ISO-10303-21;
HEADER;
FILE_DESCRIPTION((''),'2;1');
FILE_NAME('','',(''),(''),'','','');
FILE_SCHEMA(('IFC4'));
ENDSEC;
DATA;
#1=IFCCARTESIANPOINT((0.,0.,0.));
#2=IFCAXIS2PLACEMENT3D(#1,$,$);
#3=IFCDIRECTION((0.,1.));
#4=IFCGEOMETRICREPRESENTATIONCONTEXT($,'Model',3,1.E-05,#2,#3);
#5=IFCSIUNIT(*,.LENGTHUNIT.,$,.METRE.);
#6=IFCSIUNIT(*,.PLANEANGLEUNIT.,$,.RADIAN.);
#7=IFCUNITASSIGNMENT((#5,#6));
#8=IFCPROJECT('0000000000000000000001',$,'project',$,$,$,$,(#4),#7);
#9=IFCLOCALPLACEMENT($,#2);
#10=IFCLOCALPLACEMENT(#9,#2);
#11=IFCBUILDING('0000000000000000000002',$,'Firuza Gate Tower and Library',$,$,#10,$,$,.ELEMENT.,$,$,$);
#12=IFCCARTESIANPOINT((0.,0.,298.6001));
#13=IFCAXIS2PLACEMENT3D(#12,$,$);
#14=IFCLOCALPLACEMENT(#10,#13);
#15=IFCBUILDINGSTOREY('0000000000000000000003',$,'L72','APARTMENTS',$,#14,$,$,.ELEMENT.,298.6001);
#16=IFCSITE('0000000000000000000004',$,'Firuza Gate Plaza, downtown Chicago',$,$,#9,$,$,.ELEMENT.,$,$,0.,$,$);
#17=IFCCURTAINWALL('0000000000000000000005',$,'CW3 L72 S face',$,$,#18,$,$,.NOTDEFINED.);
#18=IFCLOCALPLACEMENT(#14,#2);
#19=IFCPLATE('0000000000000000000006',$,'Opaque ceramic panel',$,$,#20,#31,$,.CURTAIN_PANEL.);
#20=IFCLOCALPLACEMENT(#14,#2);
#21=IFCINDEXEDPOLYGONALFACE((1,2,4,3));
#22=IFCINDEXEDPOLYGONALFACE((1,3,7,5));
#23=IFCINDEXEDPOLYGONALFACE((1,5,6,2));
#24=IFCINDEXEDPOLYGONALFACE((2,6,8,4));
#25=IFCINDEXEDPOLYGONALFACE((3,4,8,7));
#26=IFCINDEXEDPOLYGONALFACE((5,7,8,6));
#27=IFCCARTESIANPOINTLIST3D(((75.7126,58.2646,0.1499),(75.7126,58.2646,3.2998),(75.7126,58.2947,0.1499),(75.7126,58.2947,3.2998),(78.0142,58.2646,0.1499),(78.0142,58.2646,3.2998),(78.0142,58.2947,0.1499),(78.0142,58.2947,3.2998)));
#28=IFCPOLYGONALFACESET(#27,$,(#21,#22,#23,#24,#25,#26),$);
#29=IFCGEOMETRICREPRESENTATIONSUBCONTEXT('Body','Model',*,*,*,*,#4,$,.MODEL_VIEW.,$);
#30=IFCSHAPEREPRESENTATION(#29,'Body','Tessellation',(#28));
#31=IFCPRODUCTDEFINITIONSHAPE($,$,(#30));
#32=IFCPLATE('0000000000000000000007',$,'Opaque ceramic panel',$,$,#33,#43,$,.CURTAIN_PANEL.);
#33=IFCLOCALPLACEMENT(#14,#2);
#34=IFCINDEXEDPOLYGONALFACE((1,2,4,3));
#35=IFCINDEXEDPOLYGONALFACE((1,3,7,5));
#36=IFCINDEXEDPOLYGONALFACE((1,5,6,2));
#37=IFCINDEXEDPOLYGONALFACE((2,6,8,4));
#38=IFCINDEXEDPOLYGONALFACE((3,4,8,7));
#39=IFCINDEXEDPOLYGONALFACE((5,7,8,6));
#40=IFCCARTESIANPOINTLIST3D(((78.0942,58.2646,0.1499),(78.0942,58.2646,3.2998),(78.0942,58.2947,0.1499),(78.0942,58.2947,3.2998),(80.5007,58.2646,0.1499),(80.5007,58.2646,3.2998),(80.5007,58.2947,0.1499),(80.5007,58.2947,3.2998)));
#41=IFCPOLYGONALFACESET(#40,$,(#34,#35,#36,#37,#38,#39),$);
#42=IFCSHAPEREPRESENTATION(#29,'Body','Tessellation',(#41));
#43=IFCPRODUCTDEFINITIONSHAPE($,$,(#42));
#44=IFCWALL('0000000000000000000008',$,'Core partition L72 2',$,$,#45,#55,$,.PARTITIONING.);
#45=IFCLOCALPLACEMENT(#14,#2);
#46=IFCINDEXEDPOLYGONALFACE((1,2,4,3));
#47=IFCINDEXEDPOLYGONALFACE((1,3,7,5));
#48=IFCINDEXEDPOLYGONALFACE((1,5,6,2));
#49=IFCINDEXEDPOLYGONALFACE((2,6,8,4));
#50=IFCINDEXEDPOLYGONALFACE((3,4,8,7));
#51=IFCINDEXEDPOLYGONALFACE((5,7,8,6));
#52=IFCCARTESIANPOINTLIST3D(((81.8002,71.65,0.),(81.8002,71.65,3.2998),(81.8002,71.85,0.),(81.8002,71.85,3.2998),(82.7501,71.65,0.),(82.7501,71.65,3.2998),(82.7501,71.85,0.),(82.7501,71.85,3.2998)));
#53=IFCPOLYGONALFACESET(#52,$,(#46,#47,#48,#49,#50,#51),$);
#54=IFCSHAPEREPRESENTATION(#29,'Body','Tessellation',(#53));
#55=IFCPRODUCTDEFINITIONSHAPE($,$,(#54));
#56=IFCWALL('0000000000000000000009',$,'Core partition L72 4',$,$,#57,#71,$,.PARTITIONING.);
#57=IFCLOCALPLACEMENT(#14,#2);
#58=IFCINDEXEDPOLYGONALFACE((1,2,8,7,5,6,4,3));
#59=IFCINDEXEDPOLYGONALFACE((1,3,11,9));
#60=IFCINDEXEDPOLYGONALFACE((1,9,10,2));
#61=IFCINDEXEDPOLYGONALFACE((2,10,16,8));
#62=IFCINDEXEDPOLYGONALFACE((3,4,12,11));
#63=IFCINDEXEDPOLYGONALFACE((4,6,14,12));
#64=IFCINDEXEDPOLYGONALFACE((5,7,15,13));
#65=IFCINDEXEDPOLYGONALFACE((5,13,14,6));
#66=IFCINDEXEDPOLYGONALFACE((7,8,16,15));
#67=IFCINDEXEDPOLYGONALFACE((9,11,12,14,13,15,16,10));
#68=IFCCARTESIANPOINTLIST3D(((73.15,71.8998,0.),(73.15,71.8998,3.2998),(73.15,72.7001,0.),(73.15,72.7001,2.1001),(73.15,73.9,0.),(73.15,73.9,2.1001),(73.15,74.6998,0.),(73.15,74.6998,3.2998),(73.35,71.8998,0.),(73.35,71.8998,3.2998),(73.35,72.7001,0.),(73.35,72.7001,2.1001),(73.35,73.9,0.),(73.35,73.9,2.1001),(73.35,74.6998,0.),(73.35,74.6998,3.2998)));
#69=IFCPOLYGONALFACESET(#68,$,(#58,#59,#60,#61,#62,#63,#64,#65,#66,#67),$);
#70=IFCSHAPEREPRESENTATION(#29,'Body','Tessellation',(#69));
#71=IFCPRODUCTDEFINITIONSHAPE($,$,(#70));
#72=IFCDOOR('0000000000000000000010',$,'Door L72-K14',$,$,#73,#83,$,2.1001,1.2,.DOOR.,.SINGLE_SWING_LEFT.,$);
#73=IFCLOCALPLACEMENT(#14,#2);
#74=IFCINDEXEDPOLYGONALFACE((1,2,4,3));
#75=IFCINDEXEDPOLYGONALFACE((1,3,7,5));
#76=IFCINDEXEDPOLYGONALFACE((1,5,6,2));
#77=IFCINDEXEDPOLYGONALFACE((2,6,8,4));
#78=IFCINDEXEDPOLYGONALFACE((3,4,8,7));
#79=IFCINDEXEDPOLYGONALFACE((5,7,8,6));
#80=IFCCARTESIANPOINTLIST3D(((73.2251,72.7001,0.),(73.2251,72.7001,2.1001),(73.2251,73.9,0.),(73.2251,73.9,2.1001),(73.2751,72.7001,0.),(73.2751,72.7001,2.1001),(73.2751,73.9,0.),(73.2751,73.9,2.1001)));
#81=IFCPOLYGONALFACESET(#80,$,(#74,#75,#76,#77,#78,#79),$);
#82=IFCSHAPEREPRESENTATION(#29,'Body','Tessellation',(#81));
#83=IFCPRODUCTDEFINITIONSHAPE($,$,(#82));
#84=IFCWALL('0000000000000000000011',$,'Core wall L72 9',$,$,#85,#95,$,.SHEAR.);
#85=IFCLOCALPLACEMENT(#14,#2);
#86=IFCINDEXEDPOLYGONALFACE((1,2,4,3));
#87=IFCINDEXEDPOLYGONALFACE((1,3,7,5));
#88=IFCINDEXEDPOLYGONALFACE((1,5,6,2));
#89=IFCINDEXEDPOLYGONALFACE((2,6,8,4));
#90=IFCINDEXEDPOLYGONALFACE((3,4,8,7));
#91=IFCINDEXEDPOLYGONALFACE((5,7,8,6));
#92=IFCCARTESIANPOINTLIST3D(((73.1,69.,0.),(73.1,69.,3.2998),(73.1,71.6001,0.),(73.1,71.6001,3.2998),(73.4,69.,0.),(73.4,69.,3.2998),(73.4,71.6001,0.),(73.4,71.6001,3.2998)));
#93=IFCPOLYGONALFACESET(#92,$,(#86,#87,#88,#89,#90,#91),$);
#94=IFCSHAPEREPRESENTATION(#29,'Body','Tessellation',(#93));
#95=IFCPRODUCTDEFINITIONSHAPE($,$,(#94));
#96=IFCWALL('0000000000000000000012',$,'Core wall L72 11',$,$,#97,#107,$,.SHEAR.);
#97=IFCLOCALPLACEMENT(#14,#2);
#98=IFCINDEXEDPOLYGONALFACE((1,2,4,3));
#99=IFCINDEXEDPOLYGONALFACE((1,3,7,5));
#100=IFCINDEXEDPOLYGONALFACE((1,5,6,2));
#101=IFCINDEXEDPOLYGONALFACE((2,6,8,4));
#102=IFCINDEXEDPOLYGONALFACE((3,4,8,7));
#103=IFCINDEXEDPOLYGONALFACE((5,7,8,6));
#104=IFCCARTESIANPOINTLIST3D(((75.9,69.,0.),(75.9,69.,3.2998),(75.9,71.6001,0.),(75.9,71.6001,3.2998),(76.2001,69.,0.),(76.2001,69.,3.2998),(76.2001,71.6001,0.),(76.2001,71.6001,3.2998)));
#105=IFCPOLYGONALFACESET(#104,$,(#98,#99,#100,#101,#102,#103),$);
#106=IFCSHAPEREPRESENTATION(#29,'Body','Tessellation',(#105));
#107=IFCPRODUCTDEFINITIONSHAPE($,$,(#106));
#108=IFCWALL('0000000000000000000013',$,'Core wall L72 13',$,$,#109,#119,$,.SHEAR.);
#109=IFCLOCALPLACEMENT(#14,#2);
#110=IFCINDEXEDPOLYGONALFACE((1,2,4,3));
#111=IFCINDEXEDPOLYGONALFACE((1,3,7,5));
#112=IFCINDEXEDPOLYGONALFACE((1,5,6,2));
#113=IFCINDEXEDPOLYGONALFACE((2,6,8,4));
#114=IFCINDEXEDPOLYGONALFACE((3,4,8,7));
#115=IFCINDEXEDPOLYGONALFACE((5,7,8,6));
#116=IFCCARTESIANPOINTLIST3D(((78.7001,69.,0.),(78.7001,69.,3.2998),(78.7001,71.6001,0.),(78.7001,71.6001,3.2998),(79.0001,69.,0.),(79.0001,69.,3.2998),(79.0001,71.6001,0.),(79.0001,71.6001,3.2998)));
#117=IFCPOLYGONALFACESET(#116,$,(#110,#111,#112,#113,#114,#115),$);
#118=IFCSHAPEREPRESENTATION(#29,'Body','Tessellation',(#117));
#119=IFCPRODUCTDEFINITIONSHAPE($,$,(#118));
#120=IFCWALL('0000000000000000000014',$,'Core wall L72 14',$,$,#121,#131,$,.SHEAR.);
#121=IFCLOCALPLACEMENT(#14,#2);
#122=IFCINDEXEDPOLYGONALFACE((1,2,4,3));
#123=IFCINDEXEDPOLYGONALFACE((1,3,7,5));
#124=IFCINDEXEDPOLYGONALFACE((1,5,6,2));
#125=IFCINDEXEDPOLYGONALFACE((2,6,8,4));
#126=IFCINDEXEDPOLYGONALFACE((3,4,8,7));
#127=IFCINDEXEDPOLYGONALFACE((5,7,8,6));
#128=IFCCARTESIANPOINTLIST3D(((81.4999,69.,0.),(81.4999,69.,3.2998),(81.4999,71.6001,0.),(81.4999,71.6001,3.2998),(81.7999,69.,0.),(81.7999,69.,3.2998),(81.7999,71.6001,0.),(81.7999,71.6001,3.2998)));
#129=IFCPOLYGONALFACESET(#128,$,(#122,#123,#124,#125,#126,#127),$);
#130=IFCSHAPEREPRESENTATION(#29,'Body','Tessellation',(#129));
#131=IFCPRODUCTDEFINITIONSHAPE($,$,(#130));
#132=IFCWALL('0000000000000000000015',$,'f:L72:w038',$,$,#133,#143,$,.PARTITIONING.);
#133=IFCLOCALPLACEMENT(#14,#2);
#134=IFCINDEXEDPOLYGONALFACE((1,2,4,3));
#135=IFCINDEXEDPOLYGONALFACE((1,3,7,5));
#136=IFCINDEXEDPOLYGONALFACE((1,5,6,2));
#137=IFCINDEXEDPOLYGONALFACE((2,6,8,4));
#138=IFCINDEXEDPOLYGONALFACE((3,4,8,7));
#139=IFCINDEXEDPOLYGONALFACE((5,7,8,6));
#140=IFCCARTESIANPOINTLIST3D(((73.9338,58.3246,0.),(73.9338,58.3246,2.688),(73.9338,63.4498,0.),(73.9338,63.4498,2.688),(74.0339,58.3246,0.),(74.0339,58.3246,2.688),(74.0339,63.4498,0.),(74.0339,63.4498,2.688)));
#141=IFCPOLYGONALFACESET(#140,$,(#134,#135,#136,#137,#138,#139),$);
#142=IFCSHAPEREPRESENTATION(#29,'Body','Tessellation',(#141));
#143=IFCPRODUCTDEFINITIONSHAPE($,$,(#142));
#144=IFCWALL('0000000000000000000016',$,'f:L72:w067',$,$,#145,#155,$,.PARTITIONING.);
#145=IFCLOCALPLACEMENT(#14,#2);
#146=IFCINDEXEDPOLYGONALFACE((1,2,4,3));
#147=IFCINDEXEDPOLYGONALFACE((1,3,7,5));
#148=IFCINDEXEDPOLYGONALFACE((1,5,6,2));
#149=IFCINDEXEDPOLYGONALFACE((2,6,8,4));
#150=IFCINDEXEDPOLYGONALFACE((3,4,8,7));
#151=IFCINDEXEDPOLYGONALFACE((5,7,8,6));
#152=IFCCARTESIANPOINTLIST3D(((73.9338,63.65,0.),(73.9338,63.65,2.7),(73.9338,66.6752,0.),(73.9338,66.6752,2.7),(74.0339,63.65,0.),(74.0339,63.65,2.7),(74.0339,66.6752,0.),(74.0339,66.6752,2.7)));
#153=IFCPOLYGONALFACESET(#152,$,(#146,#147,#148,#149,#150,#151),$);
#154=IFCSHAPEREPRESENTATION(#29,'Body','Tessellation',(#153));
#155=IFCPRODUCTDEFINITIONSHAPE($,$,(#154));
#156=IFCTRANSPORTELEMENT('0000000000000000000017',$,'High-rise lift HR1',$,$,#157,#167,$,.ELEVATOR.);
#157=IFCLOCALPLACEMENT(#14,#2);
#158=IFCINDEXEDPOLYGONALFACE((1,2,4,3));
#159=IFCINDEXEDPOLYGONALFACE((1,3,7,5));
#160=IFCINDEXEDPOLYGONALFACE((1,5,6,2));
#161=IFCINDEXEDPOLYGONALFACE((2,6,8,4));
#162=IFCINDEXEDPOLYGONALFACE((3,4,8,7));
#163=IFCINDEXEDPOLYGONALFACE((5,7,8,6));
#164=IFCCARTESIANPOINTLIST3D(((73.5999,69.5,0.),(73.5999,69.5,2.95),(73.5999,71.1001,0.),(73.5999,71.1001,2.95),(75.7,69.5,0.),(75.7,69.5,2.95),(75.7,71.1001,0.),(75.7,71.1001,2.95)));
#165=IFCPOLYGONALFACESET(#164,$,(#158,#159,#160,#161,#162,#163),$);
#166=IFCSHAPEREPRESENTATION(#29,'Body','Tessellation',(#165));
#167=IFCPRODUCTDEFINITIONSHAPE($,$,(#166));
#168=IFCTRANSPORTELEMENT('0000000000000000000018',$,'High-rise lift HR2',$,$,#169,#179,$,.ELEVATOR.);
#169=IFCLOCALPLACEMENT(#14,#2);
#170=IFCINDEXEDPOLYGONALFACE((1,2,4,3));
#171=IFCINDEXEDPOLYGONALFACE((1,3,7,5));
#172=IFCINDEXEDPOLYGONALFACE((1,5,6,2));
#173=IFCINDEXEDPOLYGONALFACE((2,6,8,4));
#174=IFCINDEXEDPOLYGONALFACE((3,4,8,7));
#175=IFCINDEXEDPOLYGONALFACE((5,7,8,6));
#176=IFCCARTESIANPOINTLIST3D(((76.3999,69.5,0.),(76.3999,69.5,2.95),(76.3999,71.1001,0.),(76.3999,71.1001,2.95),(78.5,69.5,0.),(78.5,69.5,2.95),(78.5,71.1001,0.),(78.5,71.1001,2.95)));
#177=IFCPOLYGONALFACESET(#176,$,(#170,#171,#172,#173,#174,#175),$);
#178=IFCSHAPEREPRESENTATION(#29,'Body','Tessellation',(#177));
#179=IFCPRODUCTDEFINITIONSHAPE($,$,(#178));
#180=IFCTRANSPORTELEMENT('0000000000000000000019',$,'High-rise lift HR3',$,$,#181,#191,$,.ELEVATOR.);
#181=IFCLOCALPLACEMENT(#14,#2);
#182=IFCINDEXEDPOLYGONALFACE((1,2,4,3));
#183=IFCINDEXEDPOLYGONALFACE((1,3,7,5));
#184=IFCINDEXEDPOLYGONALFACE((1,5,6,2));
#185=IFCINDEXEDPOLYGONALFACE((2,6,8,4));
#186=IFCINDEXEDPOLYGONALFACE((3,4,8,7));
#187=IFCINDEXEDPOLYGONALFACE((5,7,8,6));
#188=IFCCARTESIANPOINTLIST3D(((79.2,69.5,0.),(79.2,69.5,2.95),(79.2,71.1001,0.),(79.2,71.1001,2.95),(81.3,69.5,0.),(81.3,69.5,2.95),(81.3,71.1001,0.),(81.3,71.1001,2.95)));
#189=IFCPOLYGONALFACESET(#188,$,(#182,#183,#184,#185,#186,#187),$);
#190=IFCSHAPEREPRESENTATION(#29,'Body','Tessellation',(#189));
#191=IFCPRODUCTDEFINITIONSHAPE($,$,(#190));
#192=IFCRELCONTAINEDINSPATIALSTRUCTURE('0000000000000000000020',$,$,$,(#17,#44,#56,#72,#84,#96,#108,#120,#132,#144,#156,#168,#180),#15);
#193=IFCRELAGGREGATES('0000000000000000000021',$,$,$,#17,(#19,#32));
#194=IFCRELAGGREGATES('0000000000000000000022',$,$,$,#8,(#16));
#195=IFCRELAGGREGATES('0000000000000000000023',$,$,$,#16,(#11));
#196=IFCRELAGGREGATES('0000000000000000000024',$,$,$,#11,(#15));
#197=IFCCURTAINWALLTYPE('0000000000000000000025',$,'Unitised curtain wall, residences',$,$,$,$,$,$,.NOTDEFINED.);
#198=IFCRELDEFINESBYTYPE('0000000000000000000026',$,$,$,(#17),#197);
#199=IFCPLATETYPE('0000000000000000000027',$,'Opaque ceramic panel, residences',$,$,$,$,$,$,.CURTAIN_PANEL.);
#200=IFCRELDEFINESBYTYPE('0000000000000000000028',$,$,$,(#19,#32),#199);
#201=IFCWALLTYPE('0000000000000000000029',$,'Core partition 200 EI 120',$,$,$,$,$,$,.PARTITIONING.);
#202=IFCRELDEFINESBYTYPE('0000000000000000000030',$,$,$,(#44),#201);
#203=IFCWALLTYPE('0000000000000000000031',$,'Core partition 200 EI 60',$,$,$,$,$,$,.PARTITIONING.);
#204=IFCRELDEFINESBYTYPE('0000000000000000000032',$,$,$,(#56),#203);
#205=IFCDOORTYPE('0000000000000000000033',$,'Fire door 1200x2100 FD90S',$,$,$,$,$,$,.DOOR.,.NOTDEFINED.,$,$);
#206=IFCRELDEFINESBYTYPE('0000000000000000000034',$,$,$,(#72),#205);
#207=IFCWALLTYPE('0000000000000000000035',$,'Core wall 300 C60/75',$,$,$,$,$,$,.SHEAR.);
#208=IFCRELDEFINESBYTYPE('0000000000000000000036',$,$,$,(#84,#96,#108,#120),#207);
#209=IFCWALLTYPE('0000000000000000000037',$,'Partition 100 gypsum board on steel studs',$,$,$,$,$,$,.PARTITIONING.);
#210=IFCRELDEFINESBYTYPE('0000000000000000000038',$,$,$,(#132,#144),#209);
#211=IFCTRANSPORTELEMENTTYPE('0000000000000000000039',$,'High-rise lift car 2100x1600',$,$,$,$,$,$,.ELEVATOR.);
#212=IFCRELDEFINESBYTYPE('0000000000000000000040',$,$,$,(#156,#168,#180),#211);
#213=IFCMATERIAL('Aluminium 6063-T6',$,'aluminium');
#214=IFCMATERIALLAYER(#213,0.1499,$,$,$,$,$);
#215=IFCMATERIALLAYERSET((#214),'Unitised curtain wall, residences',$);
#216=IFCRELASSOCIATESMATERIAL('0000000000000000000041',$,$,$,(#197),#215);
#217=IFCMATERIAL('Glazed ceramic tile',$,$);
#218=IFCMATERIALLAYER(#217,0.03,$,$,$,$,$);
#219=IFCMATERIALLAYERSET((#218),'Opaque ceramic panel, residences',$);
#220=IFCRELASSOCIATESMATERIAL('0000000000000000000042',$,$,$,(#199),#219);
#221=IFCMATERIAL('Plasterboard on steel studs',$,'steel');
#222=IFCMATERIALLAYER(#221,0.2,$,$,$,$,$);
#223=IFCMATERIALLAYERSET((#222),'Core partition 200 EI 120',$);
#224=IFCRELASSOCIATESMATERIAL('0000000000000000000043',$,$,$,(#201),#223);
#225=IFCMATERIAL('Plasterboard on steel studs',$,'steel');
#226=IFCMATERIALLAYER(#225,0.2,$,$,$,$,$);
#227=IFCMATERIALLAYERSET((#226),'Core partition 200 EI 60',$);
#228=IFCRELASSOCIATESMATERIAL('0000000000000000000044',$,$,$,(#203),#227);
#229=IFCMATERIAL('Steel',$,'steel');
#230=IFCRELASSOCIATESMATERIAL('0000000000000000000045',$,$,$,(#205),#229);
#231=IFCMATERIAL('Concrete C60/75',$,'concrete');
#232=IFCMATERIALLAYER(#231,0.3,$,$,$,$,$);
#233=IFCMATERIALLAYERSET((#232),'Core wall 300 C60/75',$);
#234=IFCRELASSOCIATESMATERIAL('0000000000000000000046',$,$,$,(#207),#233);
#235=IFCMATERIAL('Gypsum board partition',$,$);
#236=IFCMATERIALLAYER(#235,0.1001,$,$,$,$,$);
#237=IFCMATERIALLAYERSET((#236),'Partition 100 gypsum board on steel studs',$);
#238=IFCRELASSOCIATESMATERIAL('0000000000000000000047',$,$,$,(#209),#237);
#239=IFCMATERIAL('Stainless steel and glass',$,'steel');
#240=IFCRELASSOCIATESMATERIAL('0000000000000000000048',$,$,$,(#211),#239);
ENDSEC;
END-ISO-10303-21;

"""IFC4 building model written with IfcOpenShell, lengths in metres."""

from ifc_helpers import new_model, si_unit, direction, frame, frame_2d, origin, origin_2d, place, context, subcontext, project, spatial, polyline, rectangle, outline, extrude, material, layer, layer_set, type_object, element, fill, aggregate, save


model = new_model("IFC4")

# Units and contexts
model_context = context("Model", 3, precision=1e-05, world=origin(), true_north=direction((0.0, 1.0)))
body_context = subcontext(model_context, "Body", "Model", "MODEL_VIEW")
ifc_project = project(units=[si_unit("LENGTHUNIT", "METRE"), si_unit("PLANEANGLEUNIT", "RADIAN")], contexts=[model_context])

# Site, building, storey
site_placement = place(None, origin())
site = spatial("IfcSite", under=ifc_project, at=site_placement, Name="Firuza Gate Plaza, downtown Chicago", CompositionType="ELEMENT", RefElevation=0.0)
building_placement = place(site_placement, origin())
building = spatial("IfcBuilding", under=site, at=building_placement, Name="Firuza Gate Tower and Library", CompositionType="ELEMENT")
storey_placement = place(building_placement, frame((0.0, 0.0, 298.6001)))
storey = spatial("IfcBuildingStorey", under=building, at=storey_placement, Name="L72", Description="APARTMENTS", CompositionType="ELEMENT", Elevation=298.6001)

# Curtain wall
ifc_material_1 = material(Name="Aluminium 6063-T6", Category="aluminium")
ifc_layer_1 = layer(ifc_material_1, 0.1499)
ifc_layer_set_1 = layer_set([ifc_layer_1], Name="Unitised curtain wall, residences")
curtain_wall_type = type_object("IfcCurtainWallType", Name="Unitised curtain wall, residences", PredefinedType="NOTDEFINED", material=ifc_layer_set_1)
curtain_wall_placement = place(storey_placement, origin())
curtain_wall = element("IfcCurtainWall", 1, at=curtain_wall_placement, inside=storey, type_object=curtain_wall_type, Name="CW3 L72 S face", PredefinedType="NOTDEFINED")

# Plates
ifc_material_2 = material(Name="Glazed ceramic tile")
ifc_layer_2 = layer(ifc_material_2, 0.03)
ifc_layer_set_2 = layer_set([ifc_layer_2], Name="Opaque ceramic panel, residences")
plate_type_1 = type_object("IfcPlateType", Name="Opaque ceramic panel, residences", PredefinedType="CURTAIN_PANEL", material=ifc_layer_set_2)
plate_1_placement = place(storey_placement, frame((75.7126, 58.2646, 0.1499), z_axis=(0.0, -1.0, 0.0), x_axis=(1.0, 0.0, 0.0)))
plate_1 = element("IfcPlate", 2, at=plate_1_placement, type_object=plate_type_1, Name="Opaque ceramic panel", PredefinedType="CURTAIN_PANEL", context=body_context, shape_type="SweptSolid", body=[
    extrude(outline(polyline([(0.0, 0.0), (2.3015, 0.0), (2.3015, 3.1499), (0.0, 3.1499), (0.0, 0.0)])), origin(), (0.0, 0.0, -1.0), 0.03),
])
plate_2_placement = place(storey_placement, frame((78.0942, 58.2646, 0.1499), z_axis=(0.0, -1.0, 0.0), x_axis=(1.0, 0.0, 0.0)))
plate_2 = element("IfcPlate", 3, at=plate_2_placement, type_object=plate_type_1, Name="Opaque ceramic panel", PredefinedType="CURTAIN_PANEL", context=body_context, shape_type="SweptSolid", body=[
    extrude(outline(polyline([(0.0, 0.0), (2.4065, 0.0), (2.4065, 3.1499), (0.0, 3.1499), (0.0, 0.0)])), origin(), (0.0, 0.0, -1.0), 0.03),
])
aggregate(curtain_wall, [plate_1, plate_2])

# Wall
ifc_material_3 = material(Name="Plasterboard on steel studs", Category="steel")
ifc_layer_3 = layer(ifc_material_3, 0.2)
ifc_layer_set_3 = layer_set([ifc_layer_3], Name="Core partition 200 EI 120")
wall_type_1 = type_object("IfcWallType", Name="Core partition 200 EI 120", PredefinedType="PARTITIONING", material=ifc_layer_set_3)
wall_1_placement = place(storey_placement, frame((81.8, 71.75, 0.0), z_axis=(0.0, 0.0, 1.0), x_axis=(1.0, 0.0, 0.0)))
element("IfcWall", 4, at=wall_1_placement, inside=storey, type_object=wall_type_1, Name="Core partition L72 2", PredefinedType="PARTITIONING", context=body_context, shape_type="SweptSolid", body=[
    extrude(rectangle(XDim=0.95, YDim=0.2, at=frame_2d((0.4751, 0.0))), origin(), (0.0, 0.0, 1.0), 3.2998),
])

# Wall, opening, door
ifc_material_4 = material(Name="Plasterboard on steel studs", Category="steel")
ifc_layer_4 = layer(ifc_material_4, 0.2)
ifc_layer_set_4 = layer_set([ifc_layer_4], Name="Core partition 200 EI 60")
wall_type_2 = type_object("IfcWallType", Name="Core partition 200 EI 60", PredefinedType="PARTITIONING", material=ifc_layer_set_4)
wall_2_placement = place(storey_placement, frame((73.25, 71.8999, 0.0), z_axis=(0.0, 0.0, 1.0), x_axis=(0.0, 1.0, 0.0)))
wall_2 = element("IfcWall", 5, at=wall_2_placement, inside=storey, type_object=wall_type_2, Name="Core partition L72 4", PredefinedType="PARTITIONING", context=body_context, shape_type="SweptSolid", body=[
    extrude(rectangle(XDim=2.8, YDim=0.2, at=frame_2d((1.3999, 0.0))), origin(), (0.0, 0.0, 1.0), 3.2998),
])
opening_placement = place(wall_2_placement, frame((0.8, 0.0, 0.0)))
opening = element("IfcOpeningElement", 6, at=opening_placement, cuts=wall_2, PredefinedType="OPENING", context=body_context, shape_type="SweptSolid", body=[
    extrude(rectangle(XDim=1.2, YDim=2.1001, at=frame_2d((0.6001, 1.05))), frame((0.0, 0.1099, 0.0), z_axis=(0.0, -1.0, 0.0), x_axis=(1.0, 0.0, 0.0)), (0.0, 0.0, 1.0), 0.22),
])
ifc_material_5 = material(Name="Steel", Category="steel")
door_type = type_object("IfcDoorType", Name="Fire door 1200x2100 FD90S", OperationType="NOTDEFINED", PredefinedType="DOOR", material=ifc_material_5)
door_placement = place(opening_placement, origin())
door = element("IfcDoor", 7, at=door_placement, inside=storey, type_object=door_type, Name="Door L72-K14", OperationType="SINGLE_SWING_LEFT", OverallHeight=2.1001, OverallWidth=1.2, PredefinedType="DOOR", context=body_context, shape_type="SweptSolid", body=[
    extrude(rectangle(XDim=1.2, YDim=2.1001, at=frame_2d((0.6001, 1.05))), frame((0.0, 0.0249, 0.0), z_axis=(0.0, -1.0, 0.0), x_axis=(1.0, 0.0, 0.0)), (0.0, 0.0, 1.0), 0.05),
])
fill(opening, door)

# Walls
ifc_material_6 = material(Name="Concrete C60/75", Category="concrete")
ifc_layer_5 = layer(ifc_material_6, 0.3)
ifc_layer_set_5 = layer_set([ifc_layer_5], Name="Core wall 300 C60/75")
wall_type_3 = type_object("IfcWallType", Name="Core wall 300 C60/75", PredefinedType="SHEAR", material=ifc_layer_set_5)
for number, where, z_axis, x_axis, name in (
    (8, (73.25, 69.0, 0.0), (0.0, 0.0, 1.0), (0.0, 1.0, 0.0), "Core wall L72 9"),
    (9, (76.05, 69.0, 0.0), (0.0, 0.0, 1.0), (0.0, 1.0, 0.0), "Core wall L72 11"),
    (10, (78.8501, 69.0, 0.0), (0.0, 0.0, 1.0), (0.0, 1.0, 0.0), "Core wall L72 13"),
    (11, (81.6499, 69.0, 0.0), (0.0, 0.0, 1.0), (0.0, 1.0, 0.0), "Core wall L72 14"),
):
    element("IfcWall", number, at=place(storey_placement, frame(where, z_axis=z_axis, x_axis=x_axis)), inside=storey, type_object=wall_type_3, Name=name, PredefinedType="SHEAR", context=body_context, shape_type="SweptSolid", body=[
        extrude(rectangle(XDim=2.6001, YDim=0.3, at=frame_2d((1.3, 0.0))), origin(), (0.0, 0.0, 1.0), 3.2998),
    ])
ifc_material_7 = material(Name="Gypsum board partition")
ifc_layer_6 = layer(ifc_material_7, 0.1001)
ifc_layer_set_6 = layer_set([ifc_layer_6], Name="Partition 100 gypsum board on steel studs")
wall_type_4 = type_object("IfcWallType", Name="Partition 100 gypsum board on steel studs", PredefinedType="PARTITIONING", material=ifc_layer_set_6)
wall_3_placement = place(storey_placement, frame((73.9839, 58.3247, 0.0), z_axis=(0.0, 0.0, 1.0), x_axis=(0.0, 1.0, 0.0)))
element("IfcWall", 12, at=wall_3_placement, inside=storey, type_object=wall_type_4, Name="f:L72:w038", PredefinedType="PARTITIONING", context=body_context, shape_type="SweptSolid", body=[
    extrude(rectangle(XDim=5.1252, YDim=0.1001, at=frame_2d((2.5625, 0.0))), origin(), (0.0, 0.0, 1.0), 2.688),
])
wall_4_placement = place(storey_placement, frame((73.9839, 63.6499, 0.0), z_axis=(0.0, 0.0, 1.0), x_axis=(0.0, 1.0, 0.0)))
element("IfcWall", 13, at=wall_4_placement, inside=storey, type_object=wall_type_4, Name="f:L72:w067", PredefinedType="PARTITIONING", context=body_context, shape_type="SweptSolid", body=[
    extrude(rectangle(XDim=3.0251, YDim=0.1001, at=frame_2d((1.5127, 0.0))), origin(), (0.0, 0.0, 1.0), 2.7),
])

# Transport elements
ifc_material_8 = material(Name="Stainless steel and glass", Category="steel")
transport_element_type = type_object("IfcTransportElementType", Name="High-rise lift car 2100x1600", PredefinedType="ELEVATOR", material=ifc_material_8)
for number, where, z_axis, x_axis, name in (
    (14, (74.6499, 70.3, 0.0), (0.0, 0.0, 1.0), (1.0, 0.0, 0.0), "High-rise lift HR1"),
    (15, (77.45, 70.3, 0.0), (0.0, 0.0, 1.0), (1.0, 0.0, 0.0), "High-rise lift HR2"),
    (16, (80.25, 70.3, 0.0), (0.0, 0.0, 1.0), (1.0, 0.0, 0.0), "High-rise lift HR3"),
):
    element("IfcTransportElement", number, at=place(storey_placement, frame(where, z_axis=z_axis, x_axis=x_axis)), inside=storey, type_object=transport_element_type, Name=name, PredefinedType="ELEVATOR", context=body_context, shape_type="SweptSolid", body=[
        extrude(rectangle(XDim=2.1001, YDim=1.6001, at=origin_2d()), origin(), (0.0, 0.0, 1.0), 2.95),
    ])

save(model, "model.ifc")
